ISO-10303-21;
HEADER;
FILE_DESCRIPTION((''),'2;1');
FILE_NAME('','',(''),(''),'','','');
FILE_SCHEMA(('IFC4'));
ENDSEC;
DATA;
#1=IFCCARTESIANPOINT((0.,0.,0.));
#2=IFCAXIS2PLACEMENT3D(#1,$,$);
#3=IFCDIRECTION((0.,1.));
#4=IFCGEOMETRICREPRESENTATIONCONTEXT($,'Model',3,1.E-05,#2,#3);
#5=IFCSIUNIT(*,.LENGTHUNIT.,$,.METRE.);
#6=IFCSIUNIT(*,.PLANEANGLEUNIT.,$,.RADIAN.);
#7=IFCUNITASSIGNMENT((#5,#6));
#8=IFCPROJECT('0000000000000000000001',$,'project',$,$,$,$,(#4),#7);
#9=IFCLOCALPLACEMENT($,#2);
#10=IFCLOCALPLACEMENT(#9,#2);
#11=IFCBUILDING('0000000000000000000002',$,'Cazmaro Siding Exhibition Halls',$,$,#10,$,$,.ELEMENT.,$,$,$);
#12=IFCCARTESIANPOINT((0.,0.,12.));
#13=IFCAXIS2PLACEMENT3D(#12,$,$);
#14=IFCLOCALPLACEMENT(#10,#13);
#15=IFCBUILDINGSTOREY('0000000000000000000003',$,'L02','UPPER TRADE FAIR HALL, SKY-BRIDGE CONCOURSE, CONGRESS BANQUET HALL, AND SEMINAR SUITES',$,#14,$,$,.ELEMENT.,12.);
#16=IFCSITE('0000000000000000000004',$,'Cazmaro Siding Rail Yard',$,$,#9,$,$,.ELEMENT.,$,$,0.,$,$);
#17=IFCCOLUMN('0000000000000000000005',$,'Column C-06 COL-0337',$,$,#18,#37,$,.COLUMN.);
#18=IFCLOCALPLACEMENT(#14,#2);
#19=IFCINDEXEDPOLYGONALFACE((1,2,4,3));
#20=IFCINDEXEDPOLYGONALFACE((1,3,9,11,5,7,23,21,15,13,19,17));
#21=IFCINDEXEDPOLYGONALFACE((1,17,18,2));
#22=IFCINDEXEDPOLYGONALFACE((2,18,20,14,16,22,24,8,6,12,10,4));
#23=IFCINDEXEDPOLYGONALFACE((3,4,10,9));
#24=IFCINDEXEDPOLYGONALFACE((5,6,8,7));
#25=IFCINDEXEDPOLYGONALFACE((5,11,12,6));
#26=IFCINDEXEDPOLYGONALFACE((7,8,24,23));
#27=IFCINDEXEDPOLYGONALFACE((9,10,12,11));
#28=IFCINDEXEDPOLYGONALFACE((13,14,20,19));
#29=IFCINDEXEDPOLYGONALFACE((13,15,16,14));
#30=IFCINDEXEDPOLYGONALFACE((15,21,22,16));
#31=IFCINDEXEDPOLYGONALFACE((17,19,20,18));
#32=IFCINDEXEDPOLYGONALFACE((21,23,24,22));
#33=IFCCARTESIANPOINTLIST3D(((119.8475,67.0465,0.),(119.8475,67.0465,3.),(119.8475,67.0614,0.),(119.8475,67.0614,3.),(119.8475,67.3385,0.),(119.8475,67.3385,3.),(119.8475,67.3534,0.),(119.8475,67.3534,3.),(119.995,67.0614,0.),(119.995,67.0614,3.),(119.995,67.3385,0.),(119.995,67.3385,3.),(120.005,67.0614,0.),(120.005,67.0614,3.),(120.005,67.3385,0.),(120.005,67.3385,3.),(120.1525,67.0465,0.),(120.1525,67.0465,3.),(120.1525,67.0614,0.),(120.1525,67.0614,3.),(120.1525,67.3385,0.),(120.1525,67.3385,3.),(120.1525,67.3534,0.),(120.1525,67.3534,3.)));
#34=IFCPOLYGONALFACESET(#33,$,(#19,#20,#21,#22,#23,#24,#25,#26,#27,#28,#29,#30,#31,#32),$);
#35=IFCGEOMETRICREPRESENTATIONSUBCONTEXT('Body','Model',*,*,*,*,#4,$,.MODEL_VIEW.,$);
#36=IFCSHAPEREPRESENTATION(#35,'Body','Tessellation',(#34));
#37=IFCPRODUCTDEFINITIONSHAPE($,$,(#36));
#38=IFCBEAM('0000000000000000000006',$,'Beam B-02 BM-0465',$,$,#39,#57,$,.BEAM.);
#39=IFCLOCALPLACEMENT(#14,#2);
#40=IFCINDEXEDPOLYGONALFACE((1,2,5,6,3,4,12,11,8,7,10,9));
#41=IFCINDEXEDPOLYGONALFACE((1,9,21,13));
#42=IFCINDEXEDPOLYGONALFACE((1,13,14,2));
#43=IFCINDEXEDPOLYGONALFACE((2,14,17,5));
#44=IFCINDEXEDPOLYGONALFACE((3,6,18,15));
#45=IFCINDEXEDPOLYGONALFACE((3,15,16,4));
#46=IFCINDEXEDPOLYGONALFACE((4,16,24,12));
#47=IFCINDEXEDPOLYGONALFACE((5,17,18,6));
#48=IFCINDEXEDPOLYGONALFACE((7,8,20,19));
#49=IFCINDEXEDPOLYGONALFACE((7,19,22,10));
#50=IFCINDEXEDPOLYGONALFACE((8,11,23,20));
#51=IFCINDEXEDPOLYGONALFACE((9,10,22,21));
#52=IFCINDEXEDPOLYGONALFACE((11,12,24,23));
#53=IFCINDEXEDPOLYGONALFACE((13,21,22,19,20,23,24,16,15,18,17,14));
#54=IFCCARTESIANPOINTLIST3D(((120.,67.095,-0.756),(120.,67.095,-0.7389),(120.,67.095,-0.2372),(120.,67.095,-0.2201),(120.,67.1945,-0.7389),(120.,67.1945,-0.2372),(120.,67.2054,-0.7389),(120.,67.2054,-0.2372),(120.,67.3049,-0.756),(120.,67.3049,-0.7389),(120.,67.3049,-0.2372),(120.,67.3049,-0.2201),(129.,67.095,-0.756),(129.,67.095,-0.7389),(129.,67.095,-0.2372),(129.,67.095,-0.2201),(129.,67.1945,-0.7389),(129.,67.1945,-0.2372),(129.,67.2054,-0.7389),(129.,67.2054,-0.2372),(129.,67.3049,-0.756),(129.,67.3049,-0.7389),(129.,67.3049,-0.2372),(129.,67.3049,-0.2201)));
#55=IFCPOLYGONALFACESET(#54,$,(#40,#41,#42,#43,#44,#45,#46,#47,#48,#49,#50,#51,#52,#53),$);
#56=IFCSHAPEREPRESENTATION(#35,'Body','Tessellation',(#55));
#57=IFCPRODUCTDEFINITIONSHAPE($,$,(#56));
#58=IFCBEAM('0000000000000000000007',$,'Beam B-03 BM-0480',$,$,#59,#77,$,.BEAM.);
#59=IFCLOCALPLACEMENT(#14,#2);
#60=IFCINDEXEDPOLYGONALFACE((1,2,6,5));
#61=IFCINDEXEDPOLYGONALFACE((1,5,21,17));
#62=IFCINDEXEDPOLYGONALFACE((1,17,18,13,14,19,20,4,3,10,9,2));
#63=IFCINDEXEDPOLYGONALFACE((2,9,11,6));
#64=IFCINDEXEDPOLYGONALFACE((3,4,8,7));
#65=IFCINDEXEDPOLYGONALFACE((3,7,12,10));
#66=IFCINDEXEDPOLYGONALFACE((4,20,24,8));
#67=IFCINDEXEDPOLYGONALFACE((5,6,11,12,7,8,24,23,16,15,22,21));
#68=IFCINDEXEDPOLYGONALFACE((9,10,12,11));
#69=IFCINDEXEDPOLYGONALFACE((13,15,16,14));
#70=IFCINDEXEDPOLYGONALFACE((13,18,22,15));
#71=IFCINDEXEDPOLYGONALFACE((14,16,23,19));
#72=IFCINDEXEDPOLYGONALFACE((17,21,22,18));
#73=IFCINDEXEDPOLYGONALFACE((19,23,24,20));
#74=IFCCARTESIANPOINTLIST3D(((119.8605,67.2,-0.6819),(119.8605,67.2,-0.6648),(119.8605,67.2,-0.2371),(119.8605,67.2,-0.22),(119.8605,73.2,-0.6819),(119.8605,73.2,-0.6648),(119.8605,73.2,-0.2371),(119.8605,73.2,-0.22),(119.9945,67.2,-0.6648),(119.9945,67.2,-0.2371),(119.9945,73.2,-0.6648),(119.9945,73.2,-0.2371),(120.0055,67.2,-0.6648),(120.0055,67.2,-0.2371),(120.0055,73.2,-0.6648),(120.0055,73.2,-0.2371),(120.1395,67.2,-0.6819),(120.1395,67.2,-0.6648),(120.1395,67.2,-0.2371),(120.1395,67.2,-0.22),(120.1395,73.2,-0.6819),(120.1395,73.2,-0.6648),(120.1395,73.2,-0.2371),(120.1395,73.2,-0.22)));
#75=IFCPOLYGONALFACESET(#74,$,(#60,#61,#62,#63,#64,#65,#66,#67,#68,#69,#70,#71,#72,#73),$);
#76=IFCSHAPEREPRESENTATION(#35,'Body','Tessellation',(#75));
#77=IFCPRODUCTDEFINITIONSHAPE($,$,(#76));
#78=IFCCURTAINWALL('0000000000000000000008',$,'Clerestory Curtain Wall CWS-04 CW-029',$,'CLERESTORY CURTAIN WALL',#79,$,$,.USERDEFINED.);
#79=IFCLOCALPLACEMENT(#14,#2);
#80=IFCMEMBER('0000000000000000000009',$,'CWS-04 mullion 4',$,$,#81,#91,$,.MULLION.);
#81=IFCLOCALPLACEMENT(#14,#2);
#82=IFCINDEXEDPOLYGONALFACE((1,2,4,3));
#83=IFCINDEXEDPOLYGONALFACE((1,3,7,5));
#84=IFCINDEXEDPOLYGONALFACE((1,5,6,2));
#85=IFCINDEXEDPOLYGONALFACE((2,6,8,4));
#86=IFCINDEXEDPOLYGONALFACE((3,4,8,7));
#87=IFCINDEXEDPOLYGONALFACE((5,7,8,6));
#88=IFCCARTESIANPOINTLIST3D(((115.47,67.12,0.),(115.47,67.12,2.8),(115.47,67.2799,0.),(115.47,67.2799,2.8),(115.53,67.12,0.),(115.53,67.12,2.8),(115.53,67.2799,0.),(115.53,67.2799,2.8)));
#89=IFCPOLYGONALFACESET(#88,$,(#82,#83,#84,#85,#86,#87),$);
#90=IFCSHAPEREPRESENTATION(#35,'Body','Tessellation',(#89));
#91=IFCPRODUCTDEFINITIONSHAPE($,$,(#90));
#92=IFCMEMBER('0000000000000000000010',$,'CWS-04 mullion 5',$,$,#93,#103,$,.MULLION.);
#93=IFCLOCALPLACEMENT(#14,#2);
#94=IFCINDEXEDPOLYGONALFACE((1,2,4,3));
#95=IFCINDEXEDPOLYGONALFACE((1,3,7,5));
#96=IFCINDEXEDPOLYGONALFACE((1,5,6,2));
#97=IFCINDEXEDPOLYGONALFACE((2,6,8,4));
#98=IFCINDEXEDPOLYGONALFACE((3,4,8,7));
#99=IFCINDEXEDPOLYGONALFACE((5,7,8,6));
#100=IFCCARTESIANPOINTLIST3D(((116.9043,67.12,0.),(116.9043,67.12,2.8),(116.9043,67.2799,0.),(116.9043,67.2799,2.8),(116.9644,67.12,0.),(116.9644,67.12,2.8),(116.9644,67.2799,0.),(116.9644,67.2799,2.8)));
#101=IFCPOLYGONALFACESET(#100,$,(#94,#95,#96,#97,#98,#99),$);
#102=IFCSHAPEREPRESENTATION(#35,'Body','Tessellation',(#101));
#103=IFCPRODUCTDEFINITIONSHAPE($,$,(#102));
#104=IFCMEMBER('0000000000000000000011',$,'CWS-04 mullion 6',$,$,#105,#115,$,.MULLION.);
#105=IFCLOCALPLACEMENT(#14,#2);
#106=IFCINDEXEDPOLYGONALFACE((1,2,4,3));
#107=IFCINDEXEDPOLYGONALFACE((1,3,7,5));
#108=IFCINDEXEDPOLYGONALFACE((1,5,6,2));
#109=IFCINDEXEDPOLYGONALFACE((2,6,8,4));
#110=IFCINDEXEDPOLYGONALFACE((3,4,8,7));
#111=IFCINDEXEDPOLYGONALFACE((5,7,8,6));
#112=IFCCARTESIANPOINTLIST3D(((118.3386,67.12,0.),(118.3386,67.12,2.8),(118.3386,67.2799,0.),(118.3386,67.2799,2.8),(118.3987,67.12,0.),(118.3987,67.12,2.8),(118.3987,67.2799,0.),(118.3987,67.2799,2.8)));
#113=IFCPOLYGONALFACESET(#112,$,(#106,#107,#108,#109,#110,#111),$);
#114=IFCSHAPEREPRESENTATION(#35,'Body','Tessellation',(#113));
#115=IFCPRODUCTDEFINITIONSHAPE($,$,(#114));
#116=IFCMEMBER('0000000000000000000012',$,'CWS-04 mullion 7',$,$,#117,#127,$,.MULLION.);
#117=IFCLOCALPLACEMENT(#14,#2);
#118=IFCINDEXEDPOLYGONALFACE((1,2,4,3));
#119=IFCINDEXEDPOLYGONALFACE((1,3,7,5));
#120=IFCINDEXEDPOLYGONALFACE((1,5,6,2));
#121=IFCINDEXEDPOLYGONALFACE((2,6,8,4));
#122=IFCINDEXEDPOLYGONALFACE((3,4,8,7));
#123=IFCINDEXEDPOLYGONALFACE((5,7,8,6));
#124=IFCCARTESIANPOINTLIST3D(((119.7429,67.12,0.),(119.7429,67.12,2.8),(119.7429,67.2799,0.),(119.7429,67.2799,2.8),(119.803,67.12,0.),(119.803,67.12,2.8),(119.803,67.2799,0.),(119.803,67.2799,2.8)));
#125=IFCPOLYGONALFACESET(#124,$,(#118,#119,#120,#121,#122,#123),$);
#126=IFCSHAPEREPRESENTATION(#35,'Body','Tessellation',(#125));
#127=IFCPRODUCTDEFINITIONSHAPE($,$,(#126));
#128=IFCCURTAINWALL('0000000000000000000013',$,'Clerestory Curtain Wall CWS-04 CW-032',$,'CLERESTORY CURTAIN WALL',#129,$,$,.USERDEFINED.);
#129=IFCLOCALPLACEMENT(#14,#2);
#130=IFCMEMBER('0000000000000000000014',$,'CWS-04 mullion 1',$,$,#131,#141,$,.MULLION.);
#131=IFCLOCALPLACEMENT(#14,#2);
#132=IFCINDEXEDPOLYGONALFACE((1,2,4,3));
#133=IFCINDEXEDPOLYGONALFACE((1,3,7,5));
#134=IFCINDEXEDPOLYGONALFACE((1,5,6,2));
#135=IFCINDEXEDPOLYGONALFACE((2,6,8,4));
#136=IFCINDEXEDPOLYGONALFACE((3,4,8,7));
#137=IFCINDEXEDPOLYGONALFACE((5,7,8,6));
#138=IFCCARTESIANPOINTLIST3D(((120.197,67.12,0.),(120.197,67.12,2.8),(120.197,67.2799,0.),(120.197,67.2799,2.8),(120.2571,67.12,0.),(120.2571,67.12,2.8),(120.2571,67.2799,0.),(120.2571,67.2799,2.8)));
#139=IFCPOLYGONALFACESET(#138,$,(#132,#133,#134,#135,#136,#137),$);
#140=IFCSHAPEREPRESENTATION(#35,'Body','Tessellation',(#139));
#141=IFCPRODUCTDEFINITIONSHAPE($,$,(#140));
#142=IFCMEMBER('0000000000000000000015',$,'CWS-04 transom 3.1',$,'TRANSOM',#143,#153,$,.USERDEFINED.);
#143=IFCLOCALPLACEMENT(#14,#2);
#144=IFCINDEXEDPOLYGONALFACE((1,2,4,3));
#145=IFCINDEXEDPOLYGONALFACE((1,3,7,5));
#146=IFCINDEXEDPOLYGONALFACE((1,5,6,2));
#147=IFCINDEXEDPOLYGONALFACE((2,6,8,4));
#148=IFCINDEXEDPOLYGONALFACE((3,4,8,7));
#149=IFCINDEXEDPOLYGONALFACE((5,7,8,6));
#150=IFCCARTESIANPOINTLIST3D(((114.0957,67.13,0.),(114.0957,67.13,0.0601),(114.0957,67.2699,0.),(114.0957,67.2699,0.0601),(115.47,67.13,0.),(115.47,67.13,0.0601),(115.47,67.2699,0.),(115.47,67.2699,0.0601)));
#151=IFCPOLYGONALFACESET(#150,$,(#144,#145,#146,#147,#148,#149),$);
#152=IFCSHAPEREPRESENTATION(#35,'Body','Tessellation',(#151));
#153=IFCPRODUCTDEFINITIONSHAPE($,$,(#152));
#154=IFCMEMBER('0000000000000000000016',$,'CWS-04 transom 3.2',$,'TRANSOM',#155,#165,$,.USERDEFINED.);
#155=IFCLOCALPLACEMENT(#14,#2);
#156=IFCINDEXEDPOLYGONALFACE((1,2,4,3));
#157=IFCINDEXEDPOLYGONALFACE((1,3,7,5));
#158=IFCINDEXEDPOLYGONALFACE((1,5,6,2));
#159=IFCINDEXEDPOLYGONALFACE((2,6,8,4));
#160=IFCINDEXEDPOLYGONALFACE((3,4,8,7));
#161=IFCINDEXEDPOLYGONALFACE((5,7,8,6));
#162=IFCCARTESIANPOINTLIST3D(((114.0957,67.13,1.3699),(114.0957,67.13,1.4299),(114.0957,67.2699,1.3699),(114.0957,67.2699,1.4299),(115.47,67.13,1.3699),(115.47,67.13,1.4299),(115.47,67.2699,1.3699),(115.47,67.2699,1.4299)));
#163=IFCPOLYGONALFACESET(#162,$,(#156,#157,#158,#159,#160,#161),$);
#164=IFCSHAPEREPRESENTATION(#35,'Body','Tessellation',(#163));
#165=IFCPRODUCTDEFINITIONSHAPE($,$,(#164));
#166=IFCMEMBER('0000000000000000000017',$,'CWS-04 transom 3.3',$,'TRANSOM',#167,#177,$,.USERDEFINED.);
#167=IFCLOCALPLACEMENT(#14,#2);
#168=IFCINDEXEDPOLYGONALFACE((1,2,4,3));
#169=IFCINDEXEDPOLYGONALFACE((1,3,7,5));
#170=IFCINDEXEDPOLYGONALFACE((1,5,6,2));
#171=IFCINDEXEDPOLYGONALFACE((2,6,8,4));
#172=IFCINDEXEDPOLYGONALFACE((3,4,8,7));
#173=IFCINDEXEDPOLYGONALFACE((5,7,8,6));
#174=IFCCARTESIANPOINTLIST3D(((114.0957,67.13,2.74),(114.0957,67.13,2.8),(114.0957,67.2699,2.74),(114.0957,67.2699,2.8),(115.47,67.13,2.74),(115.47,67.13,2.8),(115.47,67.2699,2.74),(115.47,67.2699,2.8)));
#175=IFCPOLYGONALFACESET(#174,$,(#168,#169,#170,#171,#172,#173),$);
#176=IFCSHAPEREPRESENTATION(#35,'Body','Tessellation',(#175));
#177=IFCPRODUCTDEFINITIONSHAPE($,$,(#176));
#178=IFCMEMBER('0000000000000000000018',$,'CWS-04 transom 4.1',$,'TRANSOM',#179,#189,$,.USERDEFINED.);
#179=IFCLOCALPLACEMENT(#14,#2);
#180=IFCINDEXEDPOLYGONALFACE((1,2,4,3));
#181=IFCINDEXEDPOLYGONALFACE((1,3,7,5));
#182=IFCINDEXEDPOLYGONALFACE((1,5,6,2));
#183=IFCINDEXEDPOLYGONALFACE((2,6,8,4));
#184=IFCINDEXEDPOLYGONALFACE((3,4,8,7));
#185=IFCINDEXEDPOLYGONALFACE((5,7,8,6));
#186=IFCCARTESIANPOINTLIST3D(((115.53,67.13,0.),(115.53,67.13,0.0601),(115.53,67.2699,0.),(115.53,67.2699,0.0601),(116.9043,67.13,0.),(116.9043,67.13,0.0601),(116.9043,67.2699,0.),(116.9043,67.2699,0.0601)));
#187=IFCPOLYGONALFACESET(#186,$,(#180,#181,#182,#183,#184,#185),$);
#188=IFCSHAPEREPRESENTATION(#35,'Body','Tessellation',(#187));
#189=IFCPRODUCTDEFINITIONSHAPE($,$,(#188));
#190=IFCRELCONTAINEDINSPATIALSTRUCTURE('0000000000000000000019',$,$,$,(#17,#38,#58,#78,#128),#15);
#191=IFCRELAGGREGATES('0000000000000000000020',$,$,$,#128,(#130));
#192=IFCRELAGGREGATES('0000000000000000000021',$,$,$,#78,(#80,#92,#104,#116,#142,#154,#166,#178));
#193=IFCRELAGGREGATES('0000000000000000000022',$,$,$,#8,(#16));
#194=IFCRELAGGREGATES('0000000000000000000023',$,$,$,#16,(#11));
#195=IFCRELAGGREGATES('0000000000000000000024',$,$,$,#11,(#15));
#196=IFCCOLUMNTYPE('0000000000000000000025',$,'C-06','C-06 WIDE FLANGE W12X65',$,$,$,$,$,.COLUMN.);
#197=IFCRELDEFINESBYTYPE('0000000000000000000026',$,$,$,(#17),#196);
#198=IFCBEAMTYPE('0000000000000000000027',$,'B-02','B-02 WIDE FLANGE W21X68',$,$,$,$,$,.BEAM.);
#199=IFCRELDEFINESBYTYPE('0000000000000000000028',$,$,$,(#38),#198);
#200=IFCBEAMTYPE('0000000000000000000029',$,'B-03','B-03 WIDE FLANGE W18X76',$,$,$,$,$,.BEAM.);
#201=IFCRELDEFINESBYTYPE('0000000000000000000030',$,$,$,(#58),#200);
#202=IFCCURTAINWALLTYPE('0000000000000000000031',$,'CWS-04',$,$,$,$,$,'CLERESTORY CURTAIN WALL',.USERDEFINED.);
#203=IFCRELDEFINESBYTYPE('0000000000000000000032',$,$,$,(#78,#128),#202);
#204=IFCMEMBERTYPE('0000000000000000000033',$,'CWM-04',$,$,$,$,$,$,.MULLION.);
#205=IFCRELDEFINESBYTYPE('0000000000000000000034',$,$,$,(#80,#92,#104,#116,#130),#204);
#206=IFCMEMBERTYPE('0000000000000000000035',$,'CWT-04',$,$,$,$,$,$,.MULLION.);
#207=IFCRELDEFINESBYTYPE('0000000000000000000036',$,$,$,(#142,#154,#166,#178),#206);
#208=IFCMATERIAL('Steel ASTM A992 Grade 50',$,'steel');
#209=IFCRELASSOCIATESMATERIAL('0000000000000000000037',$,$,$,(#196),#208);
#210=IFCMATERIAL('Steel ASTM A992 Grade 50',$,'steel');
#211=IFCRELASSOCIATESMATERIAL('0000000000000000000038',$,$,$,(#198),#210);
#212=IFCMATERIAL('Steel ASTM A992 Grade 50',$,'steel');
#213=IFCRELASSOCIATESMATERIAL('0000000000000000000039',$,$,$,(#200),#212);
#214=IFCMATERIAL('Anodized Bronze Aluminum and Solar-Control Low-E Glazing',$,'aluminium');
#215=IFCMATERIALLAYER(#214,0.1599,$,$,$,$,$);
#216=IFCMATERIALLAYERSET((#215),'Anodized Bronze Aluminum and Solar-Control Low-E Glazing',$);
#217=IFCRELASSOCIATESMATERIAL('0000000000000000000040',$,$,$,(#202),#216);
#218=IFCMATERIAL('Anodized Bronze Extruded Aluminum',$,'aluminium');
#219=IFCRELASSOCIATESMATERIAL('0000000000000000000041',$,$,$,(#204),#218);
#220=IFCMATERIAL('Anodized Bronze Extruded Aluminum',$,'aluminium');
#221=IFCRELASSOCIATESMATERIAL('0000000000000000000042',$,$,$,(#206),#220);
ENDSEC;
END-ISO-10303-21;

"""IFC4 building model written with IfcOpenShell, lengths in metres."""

from ifc_helpers import new_model, si_unit, direction, frame, origin, origin_2d, place, context, subcontext, project, spatial, rectangle, i_section, extrude, material, layer, layer_set, material_profile, profile_set, type_object, element, aggregate, save


model = new_model("IFC4")

# Units and contexts
model_context = context("Model", 3, precision=1e-05, world=origin(), true_north=direction((0.0, 1.0)))
body_context = subcontext(model_context, "Body", "Model", "MODEL_VIEW")
ifc_project = project(units=[si_unit("LENGTHUNIT", "METRE"), si_unit("PLANEANGLEUNIT", "RADIAN")], contexts=[model_context])

# Site, building, storey
site_placement = place(None, origin())
site = spatial("IfcSite", under=ifc_project, at=site_placement, Name="Cazmaro Siding Rail Yard", CompositionType="ELEMENT", RefElevation=0.0)
building_placement = place(site_placement, origin())
building = spatial("IfcBuilding", under=site, at=building_placement, Name="Cazmaro Siding Exhibition Halls", CompositionType="ELEMENT")
storey_placement = place(building_placement, frame((0.0, 0.0, 12.0)))
storey = spatial("IfcBuildingStorey", under=building, at=storey_placement, Name="L02", Description="UPPER TRADE FAIR HALL, SKY-BRIDGE CONCOURSE, CONGRESS BANQUET HALL, AND SEMINAR SUITES", CompositionType="ELEMENT", Elevation=12.0)

# Column
ifc_material_1 = material(Name="Steel ASTM A992 Grade 50", Category="steel")
ifc_material_profile_1 = material_profile(ifc_material_1, i_section(OverallWidth=0.3049, OverallDepth=0.3069, WebThickness=0.01, FlangeThickness=0.0149, at=origin_2d()), Name="W12X65")
ifc_profile_set_1 = profile_set([ifc_material_profile_1], Name="Steel ASTM A992 Grade 50")
column_type = type_object("IfcColumnType", Name="C-06", Description="C-06 WIDE FLANGE W12X65", PredefinedType="COLUMN", material=ifc_profile_set_1)
column_placement = place(storey_placement, frame((120.0, 67.2, 0.0), z_axis=(0.0, 0.0, 1.0), x_axis=(1.0, 0.0, 0.0)))
element("IfcColumn", 1, at=column_placement, inside=storey, type_object=column_type, Name="Column C-06 COL-0337", PredefinedType="COLUMN", context=body_context, shape_type="SweptSolid", body=[
    extrude(i_section(OverallWidth=0.3049, OverallDepth=0.3069, WebThickness=0.01, FlangeThickness=0.0149, at=origin_2d()), origin(), (0.0, 0.0, 1.0), 3.0),
])

# Beams
ifc_material_2 = material(Name="Steel ASTM A992 Grade 50", Category="steel")
ifc_material_profile_2 = material_profile(ifc_material_2, i_section(OverallWidth=0.21, OverallDepth=0.5359, WebThickness=0.011, FlangeThickness=0.0171, at=origin_2d()), Name="W21X68")
ifc_profile_set_2 = profile_set([ifc_material_profile_2], Name="Steel ASTM A992 Grade 50")
beam_type_1 = type_object("IfcBeamType", Name="B-02", Description="B-02 WIDE FLANGE W21X68", PredefinedType="BEAM", material=ifc_profile_set_2)
beam_1_placement = place(storey_placement, frame((120.0, 67.2, -0.488), z_axis=(1.0, 0.0, 0.0), x_axis=(0.0, 1.0, 0.0)))
element("IfcBeam", 2, at=beam_1_placement, inside=storey, type_object=beam_type_1, Name="Beam B-02 BM-0465", PredefinedType="BEAM", context=body_context, shape_type="SweptSolid", body=[
    extrude(i_section(OverallWidth=0.21, OverallDepth=0.5359, WebThickness=0.011, FlangeThickness=0.0171, at=origin_2d()), origin(), (0.0, 0.0, 1.0), 9.0),
])
ifc_material_3 = material(Name="Steel ASTM A992 Grade 50", Category="steel")
ifc_material_profile_3 = material_profile(ifc_material_3, i_section(OverallWidth=0.2791, OverallDepth=0.4619, WebThickness=0.011, FlangeThickness=0.0171, at=origin_2d()), Name="W18X76")
ifc_profile_set_3 = profile_set([ifc_material_profile_3], Name="Steel ASTM A992 Grade 50")
beam_type_2 = type_object("IfcBeamType", Name="B-03", Description="B-03 WIDE FLANGE W18X76", PredefinedType="BEAM", material=ifc_profile_set_3)
beam_2_placement = place(storey_placement, frame((120.0, 67.2, -0.4509), z_axis=(0.0, 1.0, 0.0), x_axis=(-1.0, 0.0, 0.0)))
element("IfcBeam", 3, at=beam_2_placement, inside=storey, type_object=beam_type_2, Name="Beam B-03 BM-0480", PredefinedType="BEAM", context=body_context, shape_type="SweptSolid", body=[
    extrude(i_section(OverallWidth=0.2791, OverallDepth=0.4619, WebThickness=0.011, FlangeThickness=0.0171, at=origin_2d()), origin(), (0.0, 0.0, 1.0), 6.0),
])

# Curtain wall, members
ifc_material_4 = material(Name="Anodized Bronze Aluminum and Solar-Control Low-E Glazing", Category="aluminium")
ifc_layer_1 = layer(ifc_material_4, 0.1599)
ifc_layer_set_1 = layer_set([ifc_layer_1], Name="Anodized Bronze Aluminum and Solar-Control Low-E Glazing")
curtain_wall_type = type_object("IfcCurtainWallType", Name="CWS-04", ElementType="CLERESTORY CURTAIN WALL", PredefinedType="USERDEFINED", material=ifc_layer_set_1)
curtain_wall_1_placement = place(storey_placement, origin())
curtain_wall_1 = element("IfcCurtainWall", 4, at=curtain_wall_1_placement, inside=storey, type_object=curtain_wall_type, Name="Clerestory Curtain Wall CWS-04 CW-029", ObjectType="CLERESTORY CURTAIN WALL", PredefinedType="USERDEFINED")
ifc_material_5 = material(Name="Anodized Bronze Extruded Aluminum", Category="aluminium")
ifc_material_profile_4 = material_profile(ifc_material_5, rectangle(XDim=0.1599, YDim=0.0601, at=origin_2d()), Name="CWM-04")
ifc_profile_set_4 = profile_set([ifc_material_profile_4], Name="Anodized Bronze Extruded Aluminum")
member_type_1 = type_object("IfcMemberType", Name="CWM-04", PredefinedType="MULLION", material=ifc_profile_set_4)
member_1_placement = place(storey_placement, frame((115.5, 67.2, 0.0), z_axis=(0.0, 0.0, 1.0), x_axis=(0.0, 1.0, 0.0)))
member_1 = element("IfcMember", 5, at=member_1_placement, type_object=member_type_1, Name="CWS-04 mullion 4", PredefinedType="MULLION", context=body_context, shape_type="SweptSolid", body=[
    extrude(rectangle(XDim=0.1599, YDim=0.0601, at=origin_2d()), origin(), (0.0, 0.0, 1.0), 2.8),
])
member_2_placement = place(storey_placement, frame((116.9343, 67.2, 0.0), z_axis=(0.0, 0.0, 1.0), x_axis=(0.0, 1.0, 0.0)))
member_2 = element("IfcMember", 6, at=member_2_placement, type_object=member_type_1, Name="CWS-04 mullion 5", PredefinedType="MULLION", context=body_context, shape_type="SweptSolid", body=[
    extrude(rectangle(XDim=0.1599, YDim=0.0601, at=origin_2d()), origin(), (0.0, 0.0, 1.0), 2.8),
])
member_3_placement = place(storey_placement, frame((118.3687, 67.2, 0.0), z_axis=(0.0, 0.0, 1.0), x_axis=(0.0, 1.0, 0.0)))
member_3 = element("IfcMember", 7, at=member_3_placement, type_object=member_type_1, Name="CWS-04 mullion 6", PredefinedType="MULLION", context=body_context, shape_type="SweptSolid", body=[
    extrude(rectangle(XDim=0.1599, YDim=0.0601, at=origin_2d()), origin(), (0.0, 0.0, 1.0), 2.8),
])
member_4_placement = place(storey_placement, frame((119.7729, 67.2, 0.0), z_axis=(0.0, 0.0, 1.0), x_axis=(0.0, 1.0, 0.0)))
member_4 = element("IfcMember", 8, at=member_4_placement, type_object=member_type_1, Name="CWS-04 mullion 7", PredefinedType="MULLION", context=body_context, shape_type="SweptSolid", body=[
    extrude(rectangle(XDim=0.1599, YDim=0.0601, at=origin_2d()), origin(), (0.0, 0.0, 1.0), 2.8),
])

# Curtain wall, member
curtain_wall_2_placement = place(storey_placement, origin())
curtain_wall_2 = element("IfcCurtainWall", 9, at=curtain_wall_2_placement, inside=storey, type_object=curtain_wall_type, Name="Clerestory Curtain Wall CWS-04 CW-032", ObjectType="CLERESTORY CURTAIN WALL", PredefinedType="USERDEFINED")
member_5_placement = place(storey_placement, frame((120.2271, 67.2, 0.0), z_axis=(0.0, 0.0, 1.0), x_axis=(0.0, 1.0, 0.0)))
member_5 = element("IfcMember", 10, at=member_5_placement, type_object=member_type_1, Name="CWS-04 mullion 1", PredefinedType="MULLION", context=body_context, shape_type="SweptSolid", body=[
    extrude(rectangle(XDim=0.1599, YDim=0.0601, at=origin_2d()), origin(), (0.0, 0.0, 1.0), 2.8),
])
aggregate(curtain_wall_2, [member_5])

# Members
ifc_material_6 = material(Name="Anodized Bronze Extruded Aluminum", Category="aluminium")
ifc_material_profile_5 = material_profile(ifc_material_6, rectangle(XDim=0.1399, YDim=0.0601, at=origin_2d()), Name="CWT-04")
ifc_profile_set_5 = profile_set([ifc_material_profile_5], Name="Anodized Bronze Extruded Aluminum")
member_type_2 = type_object("IfcMemberType", Name="CWT-04", PredefinedType="MULLION", material=ifc_profile_set_5)
member_6_placement = place(storey_placement, frame((114.0957, 67.2, 0.03), z_axis=(1.0, 0.0, 0.0), x_axis=(0.0, 1.0, 0.0)))
member_6 = element("IfcMember", 11, at=member_6_placement, type_object=member_type_2, Name="CWS-04 transom 3.1", ObjectType="TRANSOM", PredefinedType="USERDEFINED", context=body_context, shape_type="SweptSolid", body=[
    extrude(rectangle(XDim=0.1399, YDim=0.0601, at=origin_2d()), origin(), (0.0, 0.0, 1.0), 1.3743),
])
member_7_placement = place(storey_placement, frame((114.0957, 67.2, 1.3999), z_axis=(1.0, 0.0, 0.0), x_axis=(0.0, 1.0, 0.0)))
member_7 = element("IfcMember", 12, at=member_7_placement, type_object=member_type_2, Name="CWS-04 transom 3.2", ObjectType="TRANSOM", PredefinedType="USERDEFINED", context=body_context, shape_type="SweptSolid", body=[
    extrude(rectangle(XDim=0.1399, YDim=0.0601, at=origin_2d()), origin(), (0.0, 0.0, 1.0), 1.3743),
])
member_8_placement = place(storey_placement, frame((114.0957, 67.2, 2.77), z_axis=(1.0, 0.0, 0.0), x_axis=(0.0, 1.0, 0.0)))
member_8 = element("IfcMember", 13, at=member_8_placement, type_object=member_type_2, Name="CWS-04 transom 3.3", ObjectType="TRANSOM", PredefinedType="USERDEFINED", context=body_context, shape_type="SweptSolid", body=[
    extrude(rectangle(XDim=0.1399, YDim=0.0601, at=origin_2d()), origin(), (0.0, 0.0, 1.0), 1.3743),
])
member_9_placement = place(storey_placement, frame((115.53, 67.2, 0.03), z_axis=(1.0, 0.0, 0.0), x_axis=(0.0, 1.0, 0.0)))
member_9 = element("IfcMember", 14, at=member_9_placement, type_object=member_type_2, Name="CWS-04 transom 4.1", ObjectType="TRANSOM", PredefinedType="USERDEFINED", context=body_context, shape_type="SweptSolid", body=[
    extrude(rectangle(XDim=0.1399, YDim=0.0601, at=origin_2d()), origin(), (0.0, 0.0, 1.0), 1.3743),
])

aggregate(curtain_wall_1, [member_1, member_2, member_3, member_4, member_6, member_7, member_8, member_9])

save(model, "model.ifc")
